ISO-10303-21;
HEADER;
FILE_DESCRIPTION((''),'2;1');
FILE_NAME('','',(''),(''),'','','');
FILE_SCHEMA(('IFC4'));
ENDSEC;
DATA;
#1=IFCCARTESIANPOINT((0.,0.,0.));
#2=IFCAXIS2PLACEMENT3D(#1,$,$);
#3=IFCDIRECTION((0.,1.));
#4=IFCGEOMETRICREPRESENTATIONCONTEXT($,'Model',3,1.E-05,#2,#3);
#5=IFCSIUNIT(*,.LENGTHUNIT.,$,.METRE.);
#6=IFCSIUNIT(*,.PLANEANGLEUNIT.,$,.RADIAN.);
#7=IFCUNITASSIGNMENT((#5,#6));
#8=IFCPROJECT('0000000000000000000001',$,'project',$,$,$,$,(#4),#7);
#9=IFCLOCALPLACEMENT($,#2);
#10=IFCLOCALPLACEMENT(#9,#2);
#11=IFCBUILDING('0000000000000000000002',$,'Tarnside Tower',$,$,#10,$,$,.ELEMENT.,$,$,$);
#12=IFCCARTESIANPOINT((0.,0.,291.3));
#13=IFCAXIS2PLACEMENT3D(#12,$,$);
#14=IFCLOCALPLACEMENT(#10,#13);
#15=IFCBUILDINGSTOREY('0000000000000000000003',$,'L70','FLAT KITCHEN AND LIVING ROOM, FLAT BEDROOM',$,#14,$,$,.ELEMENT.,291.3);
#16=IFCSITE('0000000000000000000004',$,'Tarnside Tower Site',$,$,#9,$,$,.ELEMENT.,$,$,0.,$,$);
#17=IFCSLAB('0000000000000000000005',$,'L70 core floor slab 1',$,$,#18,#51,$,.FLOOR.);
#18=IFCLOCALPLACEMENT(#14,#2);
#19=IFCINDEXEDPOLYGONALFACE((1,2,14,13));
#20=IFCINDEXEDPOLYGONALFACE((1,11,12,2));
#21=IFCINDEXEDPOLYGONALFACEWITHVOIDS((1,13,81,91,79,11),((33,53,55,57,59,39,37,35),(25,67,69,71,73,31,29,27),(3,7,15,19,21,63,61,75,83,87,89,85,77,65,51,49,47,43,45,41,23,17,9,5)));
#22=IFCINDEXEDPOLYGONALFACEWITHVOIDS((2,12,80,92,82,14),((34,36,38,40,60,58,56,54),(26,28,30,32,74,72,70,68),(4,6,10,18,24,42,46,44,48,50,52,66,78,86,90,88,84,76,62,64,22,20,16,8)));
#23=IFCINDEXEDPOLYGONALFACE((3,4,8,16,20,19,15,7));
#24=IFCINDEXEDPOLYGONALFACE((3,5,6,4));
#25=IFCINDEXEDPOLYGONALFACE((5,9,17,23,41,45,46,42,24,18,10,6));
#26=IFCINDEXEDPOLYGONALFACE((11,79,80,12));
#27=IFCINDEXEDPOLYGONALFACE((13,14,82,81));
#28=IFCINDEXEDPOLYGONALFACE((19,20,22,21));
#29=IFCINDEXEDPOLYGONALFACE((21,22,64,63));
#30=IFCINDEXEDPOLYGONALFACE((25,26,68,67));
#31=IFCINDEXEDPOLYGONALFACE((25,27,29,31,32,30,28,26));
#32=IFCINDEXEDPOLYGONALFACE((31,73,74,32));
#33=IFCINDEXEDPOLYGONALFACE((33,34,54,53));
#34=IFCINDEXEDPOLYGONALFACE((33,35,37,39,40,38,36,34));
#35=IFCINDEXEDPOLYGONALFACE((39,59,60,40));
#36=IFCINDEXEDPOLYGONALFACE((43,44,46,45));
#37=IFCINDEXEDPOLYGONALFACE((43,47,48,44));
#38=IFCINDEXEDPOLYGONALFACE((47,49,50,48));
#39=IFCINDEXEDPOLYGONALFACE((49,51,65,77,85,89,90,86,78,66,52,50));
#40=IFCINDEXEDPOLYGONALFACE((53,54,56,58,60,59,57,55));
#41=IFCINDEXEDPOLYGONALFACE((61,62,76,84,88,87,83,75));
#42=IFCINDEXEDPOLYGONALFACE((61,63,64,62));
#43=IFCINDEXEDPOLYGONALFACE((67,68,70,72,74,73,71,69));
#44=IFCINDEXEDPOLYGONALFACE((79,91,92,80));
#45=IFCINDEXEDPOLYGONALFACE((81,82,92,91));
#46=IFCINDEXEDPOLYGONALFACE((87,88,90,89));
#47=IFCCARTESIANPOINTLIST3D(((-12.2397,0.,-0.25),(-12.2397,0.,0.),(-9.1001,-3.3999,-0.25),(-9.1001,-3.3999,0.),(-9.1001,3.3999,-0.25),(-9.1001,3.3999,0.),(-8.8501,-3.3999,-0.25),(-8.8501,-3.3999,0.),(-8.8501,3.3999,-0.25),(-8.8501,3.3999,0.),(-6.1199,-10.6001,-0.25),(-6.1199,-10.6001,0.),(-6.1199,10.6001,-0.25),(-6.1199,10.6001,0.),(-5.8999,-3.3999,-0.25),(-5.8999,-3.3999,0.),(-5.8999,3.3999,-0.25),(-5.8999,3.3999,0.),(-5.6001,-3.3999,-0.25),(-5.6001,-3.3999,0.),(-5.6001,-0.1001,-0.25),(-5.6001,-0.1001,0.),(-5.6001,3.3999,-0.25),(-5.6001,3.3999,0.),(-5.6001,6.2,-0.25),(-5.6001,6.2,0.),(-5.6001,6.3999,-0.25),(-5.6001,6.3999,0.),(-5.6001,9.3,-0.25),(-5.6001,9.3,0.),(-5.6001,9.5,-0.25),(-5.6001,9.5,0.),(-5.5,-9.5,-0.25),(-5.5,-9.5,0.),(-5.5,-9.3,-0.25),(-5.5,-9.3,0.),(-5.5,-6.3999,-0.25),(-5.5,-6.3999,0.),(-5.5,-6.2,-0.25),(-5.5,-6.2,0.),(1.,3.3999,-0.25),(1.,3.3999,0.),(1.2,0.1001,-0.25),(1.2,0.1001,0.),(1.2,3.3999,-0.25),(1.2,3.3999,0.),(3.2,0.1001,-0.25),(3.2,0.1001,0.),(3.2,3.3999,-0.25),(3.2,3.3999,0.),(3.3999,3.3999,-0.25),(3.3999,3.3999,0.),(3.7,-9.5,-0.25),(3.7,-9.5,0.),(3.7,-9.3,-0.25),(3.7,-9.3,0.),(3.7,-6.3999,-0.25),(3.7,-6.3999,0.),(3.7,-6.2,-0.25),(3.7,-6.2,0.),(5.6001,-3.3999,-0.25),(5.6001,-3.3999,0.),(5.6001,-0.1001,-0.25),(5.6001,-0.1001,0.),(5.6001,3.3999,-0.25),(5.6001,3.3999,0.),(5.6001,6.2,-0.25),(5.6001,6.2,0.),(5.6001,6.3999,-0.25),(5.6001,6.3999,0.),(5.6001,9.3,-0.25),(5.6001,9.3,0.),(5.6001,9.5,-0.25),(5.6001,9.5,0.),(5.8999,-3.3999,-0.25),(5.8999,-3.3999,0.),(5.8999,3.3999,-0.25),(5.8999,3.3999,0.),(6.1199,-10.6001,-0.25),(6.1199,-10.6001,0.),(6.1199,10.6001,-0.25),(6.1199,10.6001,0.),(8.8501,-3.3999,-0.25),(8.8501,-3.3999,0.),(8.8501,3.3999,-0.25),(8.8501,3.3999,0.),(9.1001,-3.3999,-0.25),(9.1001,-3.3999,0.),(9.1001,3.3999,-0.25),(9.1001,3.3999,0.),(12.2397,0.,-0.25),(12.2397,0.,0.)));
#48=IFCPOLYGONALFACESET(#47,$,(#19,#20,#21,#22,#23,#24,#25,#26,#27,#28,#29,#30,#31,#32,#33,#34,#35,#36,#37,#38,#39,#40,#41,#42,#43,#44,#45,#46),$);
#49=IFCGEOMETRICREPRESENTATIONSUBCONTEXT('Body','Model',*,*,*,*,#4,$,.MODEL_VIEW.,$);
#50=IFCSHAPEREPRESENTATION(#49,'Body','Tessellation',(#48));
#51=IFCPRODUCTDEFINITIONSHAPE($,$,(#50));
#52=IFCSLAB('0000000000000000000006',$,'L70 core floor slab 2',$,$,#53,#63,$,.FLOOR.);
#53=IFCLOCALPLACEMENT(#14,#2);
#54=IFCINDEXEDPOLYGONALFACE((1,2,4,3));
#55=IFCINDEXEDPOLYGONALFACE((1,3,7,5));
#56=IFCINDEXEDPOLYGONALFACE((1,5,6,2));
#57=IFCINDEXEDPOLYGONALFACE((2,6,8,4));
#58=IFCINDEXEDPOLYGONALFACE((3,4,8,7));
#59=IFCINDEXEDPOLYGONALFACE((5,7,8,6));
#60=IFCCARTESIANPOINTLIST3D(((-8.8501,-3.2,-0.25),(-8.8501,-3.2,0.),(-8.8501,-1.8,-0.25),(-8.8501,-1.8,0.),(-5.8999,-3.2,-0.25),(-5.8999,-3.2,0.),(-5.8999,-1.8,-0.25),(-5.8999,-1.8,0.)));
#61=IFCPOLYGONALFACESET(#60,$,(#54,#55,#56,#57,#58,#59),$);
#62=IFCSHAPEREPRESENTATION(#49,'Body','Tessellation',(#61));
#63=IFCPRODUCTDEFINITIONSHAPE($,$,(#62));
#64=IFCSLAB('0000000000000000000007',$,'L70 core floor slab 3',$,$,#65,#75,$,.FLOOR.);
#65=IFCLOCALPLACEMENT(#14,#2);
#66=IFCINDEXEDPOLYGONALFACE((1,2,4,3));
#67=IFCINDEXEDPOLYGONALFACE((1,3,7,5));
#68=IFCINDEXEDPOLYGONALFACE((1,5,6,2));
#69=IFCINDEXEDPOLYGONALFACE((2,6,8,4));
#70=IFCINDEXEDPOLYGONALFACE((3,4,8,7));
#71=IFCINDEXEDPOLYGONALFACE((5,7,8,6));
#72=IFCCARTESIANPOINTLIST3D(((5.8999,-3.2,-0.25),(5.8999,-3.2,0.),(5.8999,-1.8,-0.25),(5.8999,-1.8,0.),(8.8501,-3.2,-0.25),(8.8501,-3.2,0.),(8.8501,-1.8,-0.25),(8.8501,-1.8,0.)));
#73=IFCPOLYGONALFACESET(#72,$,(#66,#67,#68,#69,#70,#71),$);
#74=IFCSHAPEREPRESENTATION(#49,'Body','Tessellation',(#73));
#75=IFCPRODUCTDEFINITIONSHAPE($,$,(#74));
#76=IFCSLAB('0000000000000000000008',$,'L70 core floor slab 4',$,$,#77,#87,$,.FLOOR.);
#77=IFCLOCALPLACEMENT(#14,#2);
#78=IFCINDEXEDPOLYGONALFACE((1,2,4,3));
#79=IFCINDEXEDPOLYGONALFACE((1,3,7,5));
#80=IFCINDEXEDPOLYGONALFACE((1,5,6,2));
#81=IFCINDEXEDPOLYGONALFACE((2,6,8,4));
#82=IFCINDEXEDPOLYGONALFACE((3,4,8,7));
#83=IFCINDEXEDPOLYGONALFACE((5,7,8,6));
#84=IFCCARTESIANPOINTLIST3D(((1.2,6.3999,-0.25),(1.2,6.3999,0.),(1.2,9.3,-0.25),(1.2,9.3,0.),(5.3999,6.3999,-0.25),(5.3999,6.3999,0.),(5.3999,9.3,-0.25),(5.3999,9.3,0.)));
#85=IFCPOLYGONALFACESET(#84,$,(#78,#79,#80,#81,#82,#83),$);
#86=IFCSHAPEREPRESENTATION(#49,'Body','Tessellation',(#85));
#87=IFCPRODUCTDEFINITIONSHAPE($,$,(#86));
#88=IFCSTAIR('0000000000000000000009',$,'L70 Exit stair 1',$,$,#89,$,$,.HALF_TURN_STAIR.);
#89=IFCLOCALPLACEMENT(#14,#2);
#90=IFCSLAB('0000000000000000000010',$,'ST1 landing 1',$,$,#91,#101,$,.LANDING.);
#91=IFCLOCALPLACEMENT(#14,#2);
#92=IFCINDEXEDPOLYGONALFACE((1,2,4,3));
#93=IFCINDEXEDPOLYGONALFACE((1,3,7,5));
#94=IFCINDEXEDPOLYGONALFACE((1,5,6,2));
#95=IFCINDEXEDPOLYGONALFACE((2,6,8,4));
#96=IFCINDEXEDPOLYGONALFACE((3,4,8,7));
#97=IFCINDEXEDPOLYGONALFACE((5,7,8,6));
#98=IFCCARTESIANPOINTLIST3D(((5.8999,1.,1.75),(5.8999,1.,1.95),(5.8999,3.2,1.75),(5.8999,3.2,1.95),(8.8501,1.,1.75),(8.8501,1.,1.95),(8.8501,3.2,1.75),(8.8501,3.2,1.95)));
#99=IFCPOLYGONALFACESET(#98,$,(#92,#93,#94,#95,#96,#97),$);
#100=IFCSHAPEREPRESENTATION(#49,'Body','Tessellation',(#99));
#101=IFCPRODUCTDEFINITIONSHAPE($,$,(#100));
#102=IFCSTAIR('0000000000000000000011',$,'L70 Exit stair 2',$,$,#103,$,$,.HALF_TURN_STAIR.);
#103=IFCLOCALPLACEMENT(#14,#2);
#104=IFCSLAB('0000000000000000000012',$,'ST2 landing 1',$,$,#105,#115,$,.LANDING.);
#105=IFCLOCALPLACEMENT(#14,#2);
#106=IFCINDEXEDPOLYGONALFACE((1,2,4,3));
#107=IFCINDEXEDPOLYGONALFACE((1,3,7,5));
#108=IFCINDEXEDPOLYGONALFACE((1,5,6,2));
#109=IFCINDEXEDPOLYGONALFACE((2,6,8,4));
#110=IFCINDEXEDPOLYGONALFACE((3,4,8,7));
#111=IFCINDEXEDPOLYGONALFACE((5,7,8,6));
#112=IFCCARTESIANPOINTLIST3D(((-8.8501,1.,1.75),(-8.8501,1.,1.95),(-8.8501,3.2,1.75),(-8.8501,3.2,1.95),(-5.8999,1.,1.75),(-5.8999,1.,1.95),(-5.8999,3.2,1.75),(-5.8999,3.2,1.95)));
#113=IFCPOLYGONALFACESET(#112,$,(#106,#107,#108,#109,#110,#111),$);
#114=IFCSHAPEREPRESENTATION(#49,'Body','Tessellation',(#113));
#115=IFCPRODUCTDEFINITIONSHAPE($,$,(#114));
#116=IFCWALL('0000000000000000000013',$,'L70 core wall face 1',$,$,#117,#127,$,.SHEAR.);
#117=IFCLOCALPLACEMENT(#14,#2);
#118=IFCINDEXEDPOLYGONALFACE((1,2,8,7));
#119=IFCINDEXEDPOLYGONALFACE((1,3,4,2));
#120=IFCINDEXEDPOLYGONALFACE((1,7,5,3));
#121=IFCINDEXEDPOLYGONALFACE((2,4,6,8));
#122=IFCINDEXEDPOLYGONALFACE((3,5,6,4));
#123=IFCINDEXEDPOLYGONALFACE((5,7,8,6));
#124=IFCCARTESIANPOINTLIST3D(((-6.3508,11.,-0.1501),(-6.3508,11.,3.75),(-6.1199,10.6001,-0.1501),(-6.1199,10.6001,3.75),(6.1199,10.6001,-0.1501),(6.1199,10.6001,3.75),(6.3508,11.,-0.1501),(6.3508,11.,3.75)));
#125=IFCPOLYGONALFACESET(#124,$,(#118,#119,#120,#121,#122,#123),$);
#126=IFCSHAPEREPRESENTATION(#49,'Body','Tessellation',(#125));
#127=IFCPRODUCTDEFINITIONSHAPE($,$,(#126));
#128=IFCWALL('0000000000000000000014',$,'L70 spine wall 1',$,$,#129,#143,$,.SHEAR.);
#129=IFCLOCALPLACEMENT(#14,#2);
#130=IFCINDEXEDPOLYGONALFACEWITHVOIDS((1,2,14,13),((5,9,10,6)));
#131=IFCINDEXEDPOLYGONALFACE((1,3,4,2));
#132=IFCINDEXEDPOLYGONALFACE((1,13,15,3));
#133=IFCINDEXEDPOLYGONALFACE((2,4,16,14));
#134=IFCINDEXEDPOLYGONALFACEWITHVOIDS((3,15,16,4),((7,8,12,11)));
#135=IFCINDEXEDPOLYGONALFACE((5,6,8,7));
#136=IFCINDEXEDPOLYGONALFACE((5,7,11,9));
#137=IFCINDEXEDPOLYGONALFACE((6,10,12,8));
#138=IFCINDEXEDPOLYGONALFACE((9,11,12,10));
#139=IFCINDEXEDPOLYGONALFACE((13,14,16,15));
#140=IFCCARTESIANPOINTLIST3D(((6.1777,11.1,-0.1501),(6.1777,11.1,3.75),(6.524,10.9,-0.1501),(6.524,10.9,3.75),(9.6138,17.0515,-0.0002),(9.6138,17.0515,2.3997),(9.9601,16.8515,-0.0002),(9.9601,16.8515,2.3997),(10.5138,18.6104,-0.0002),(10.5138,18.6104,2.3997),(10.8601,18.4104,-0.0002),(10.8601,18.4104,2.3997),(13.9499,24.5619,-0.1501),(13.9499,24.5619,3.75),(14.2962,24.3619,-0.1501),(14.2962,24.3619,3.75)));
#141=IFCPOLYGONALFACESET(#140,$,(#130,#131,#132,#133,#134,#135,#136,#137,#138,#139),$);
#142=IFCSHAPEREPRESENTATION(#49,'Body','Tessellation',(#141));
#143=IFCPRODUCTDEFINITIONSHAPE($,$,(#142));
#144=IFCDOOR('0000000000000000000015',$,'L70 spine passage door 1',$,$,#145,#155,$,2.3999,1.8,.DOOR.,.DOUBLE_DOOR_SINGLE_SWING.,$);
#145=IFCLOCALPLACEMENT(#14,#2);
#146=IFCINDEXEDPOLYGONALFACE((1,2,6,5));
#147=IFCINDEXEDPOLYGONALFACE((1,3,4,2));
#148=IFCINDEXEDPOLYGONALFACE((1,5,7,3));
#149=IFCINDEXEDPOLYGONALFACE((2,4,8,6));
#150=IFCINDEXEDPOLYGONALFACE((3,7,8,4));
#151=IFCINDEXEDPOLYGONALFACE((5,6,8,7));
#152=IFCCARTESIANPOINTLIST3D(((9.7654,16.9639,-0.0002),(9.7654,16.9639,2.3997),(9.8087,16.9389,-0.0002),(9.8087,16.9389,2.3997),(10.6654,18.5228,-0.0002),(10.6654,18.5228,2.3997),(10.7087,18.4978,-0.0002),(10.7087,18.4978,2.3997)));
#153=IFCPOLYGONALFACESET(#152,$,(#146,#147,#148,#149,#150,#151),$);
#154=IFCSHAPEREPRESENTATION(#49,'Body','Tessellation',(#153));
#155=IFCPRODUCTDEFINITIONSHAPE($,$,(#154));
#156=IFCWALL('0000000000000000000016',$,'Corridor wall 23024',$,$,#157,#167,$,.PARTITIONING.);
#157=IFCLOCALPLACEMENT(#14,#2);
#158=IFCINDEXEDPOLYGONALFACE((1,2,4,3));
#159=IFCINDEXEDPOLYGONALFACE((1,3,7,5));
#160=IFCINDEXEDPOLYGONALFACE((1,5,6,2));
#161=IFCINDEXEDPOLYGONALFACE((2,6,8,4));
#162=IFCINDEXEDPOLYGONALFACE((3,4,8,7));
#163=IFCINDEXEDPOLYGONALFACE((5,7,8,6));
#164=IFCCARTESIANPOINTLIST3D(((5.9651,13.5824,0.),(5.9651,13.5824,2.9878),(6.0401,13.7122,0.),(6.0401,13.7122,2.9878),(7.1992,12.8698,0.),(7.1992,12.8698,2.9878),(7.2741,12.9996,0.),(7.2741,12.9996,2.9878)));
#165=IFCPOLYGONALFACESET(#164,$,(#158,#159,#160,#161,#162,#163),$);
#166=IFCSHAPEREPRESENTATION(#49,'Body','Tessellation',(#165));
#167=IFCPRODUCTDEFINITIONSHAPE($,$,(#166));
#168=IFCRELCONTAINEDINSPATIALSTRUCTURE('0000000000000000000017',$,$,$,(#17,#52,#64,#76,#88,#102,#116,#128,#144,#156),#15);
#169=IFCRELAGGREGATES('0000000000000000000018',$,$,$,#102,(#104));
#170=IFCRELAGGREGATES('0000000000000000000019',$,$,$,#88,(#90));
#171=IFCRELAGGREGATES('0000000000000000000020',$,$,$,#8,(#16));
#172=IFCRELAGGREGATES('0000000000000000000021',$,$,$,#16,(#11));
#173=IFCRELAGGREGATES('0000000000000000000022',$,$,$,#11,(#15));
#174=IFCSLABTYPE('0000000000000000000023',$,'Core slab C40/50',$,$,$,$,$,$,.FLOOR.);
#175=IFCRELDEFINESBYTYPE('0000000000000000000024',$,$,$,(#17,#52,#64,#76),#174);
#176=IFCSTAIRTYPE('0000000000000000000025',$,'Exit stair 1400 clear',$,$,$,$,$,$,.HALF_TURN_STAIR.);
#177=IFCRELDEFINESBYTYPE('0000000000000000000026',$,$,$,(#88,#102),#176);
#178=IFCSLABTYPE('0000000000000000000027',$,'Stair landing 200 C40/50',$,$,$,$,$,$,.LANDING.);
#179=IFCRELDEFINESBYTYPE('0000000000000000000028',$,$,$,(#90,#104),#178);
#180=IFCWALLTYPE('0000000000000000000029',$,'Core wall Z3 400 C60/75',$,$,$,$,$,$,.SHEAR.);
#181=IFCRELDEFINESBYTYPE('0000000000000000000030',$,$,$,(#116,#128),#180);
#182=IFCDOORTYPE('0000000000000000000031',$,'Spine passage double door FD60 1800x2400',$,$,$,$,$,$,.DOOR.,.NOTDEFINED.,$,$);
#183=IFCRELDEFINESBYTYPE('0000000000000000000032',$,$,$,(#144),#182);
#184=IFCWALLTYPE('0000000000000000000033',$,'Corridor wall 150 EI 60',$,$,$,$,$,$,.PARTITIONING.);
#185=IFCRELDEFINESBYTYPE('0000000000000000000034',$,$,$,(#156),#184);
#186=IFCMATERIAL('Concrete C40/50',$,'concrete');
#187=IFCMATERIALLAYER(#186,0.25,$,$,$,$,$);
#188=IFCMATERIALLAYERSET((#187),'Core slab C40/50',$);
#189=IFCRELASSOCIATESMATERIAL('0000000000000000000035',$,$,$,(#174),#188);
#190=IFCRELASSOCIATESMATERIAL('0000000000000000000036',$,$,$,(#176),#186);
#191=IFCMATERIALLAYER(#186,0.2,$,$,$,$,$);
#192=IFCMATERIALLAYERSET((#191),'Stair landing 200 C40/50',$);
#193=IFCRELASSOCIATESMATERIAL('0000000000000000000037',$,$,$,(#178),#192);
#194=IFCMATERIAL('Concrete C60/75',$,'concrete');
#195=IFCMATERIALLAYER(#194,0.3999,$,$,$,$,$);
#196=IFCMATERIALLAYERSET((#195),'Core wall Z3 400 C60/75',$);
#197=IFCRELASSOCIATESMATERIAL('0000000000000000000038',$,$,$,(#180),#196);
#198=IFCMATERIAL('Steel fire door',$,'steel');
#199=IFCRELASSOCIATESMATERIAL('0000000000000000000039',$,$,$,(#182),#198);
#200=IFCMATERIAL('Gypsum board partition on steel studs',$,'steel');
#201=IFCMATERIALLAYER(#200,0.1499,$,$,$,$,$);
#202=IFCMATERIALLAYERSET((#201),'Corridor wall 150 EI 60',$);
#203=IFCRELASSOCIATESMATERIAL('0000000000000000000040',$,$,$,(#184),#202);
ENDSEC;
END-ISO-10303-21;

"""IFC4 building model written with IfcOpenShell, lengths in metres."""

from ifc_helpers import new_model, si_unit, direction, frame, frame_2d, origin, place, context, subcontext, project, spatial, polyline, rectangle, outline, extrude, material, layer, layer_set, type_object, element, fill, aggregate, save


model = new_model("IFC4")

# Units and contexts
model_context = context("Model", 3, precision=1e-05, world=origin(), true_north=direction((0.0, 1.0)))
body_context = subcontext(model_context, "Body", "Model", "MODEL_VIEW")
ifc_project = project(units=[si_unit("LENGTHUNIT", "METRE"), si_unit("PLANEANGLEUNIT", "RADIAN")], contexts=[model_context])

# Site, building, storey
site_placement = place(None, origin())
site = spatial("IfcSite", under=ifc_project, at=site_placement, Name="Tarnside Tower Site", CompositionType="ELEMENT", RefElevation=0.0)
building_placement = place(site_placement, origin())
building = spatial("IfcBuilding", under=site, at=building_placement, Name="Tarnside Tower", CompositionType="ELEMENT")
storey_placement = place(building_placement, frame((0.0, 0.0, 291.3)))
storey = spatial("IfcBuildingStorey", under=building, at=storey_placement, Name="L70", Description="FLAT KITCHEN AND LIVING ROOM, FLAT BEDROOM", CompositionType="ELEMENT", Elevation=291.3)

# Slabs
ifc_material_1 = material(Name="Concrete C40/50", Category="concrete")
ifc_layer_1 = layer(ifc_material_1, 0.25)
ifc_layer_set_1 = layer_set([ifc_layer_1], Name="Core slab C40/50")
slab_type_1 = type_object("IfcSlabType", Name="Core slab C40/50", PredefinedType="FLOOR", material=ifc_layer_set_1)
slab_1_placement = place(storey_placement, frame((0.0, 0.0, -0.25)))
element("IfcSlab", 1, at=slab_1_placement, inside=storey, type_object=slab_type_1, Name="L70 core floor slab 1", PredefinedType="FLOOR", context=body_context, shape_type="SweptSolid", body=[
    extrude(outline(polyline([(6.1199, 10.6001), (12.2397, 0.0), (6.1199, -10.6001), (-6.1199, -10.6001), (-12.2397, 0.0), (-6.1199, 10.6001), (6.1199, 10.6001)]), holes=[polyline([(-5.5, -9.5), (3.7, -9.5), (3.7, -9.3), (3.7, -6.3999), (3.7, -6.2), (-5.5, -6.2), (-5.5, -6.3999), (-5.5, -9.3), (-5.5, -9.5)]), polyline([(-5.6001, -3.3999), (-5.6001, -0.1001), (5.6001, -0.1001), (5.6001, -3.3999), (5.8999, -3.3999), (8.8501, -3.3999), (9.1001, -3.3999), (9.1001, 3.3999), (8.8501, 3.3999), (5.8999, 3.3999), (5.6001, 3.3999), (3.3999, 3.3999), (3.2, 3.3999), (3.2, 0.1001), (1.2, 0.1001), (1.2, 3.3999), (1.0, 3.3999), (-5.6001, 3.3999), (-5.8999, 3.3999), (-8.8501, 3.3999), (-9.1001, 3.3999), (-9.1001, -3.3999), (-8.8501, -3.3999), (-5.8999, -3.3999), (-5.6001, -3.3999)]), polyline([(-5.6001, 6.2), (5.6001, 6.2), (5.6001, 6.3999), (5.6001, 9.3), (5.6001, 9.5), (-5.6001, 9.5), (-5.6001, 9.3), (-5.6001, 6.3999), (-5.6001, 6.2)])]), origin(), (0.0, 0.0, 1.0), 0.25),
])
slab_2_placement = place(storey_placement, frame((0.0, 0.0, -0.25)))
element("IfcSlab", 2, at=slab_2_placement, inside=storey, type_object=slab_type_1, Name="L70 core floor slab 2", PredefinedType="FLOOR", context=body_context, shape_type="SweptSolid", body=[
    extrude(outline(polyline([(-8.8501, -3.2), (-8.8501, -1.8), (-5.8999, -1.8), (-5.8999, -3.2), (-8.8501, -3.2)])), origin(), (0.0, 0.0, 1.0), 0.25),
])
slab_3_placement = place(storey_placement, frame((0.0, 0.0, -0.25)))
element("IfcSlab", 3, at=slab_3_placement, inside=storey, type_object=slab_type_1, Name="L70 core floor slab 3", PredefinedType="FLOOR", context=body_context, shape_type="SweptSolid", body=[
    extrude(outline(polyline([(5.8999, -1.8), (8.8501, -1.8), (8.8501, -3.2), (5.8999, -3.2), (5.8999, -1.8)])), origin(), (0.0, 0.0, 1.0), 0.25),
])
slab_4_placement = place(storey_placement, frame((0.0, 0.0, -0.25)))
element("IfcSlab", 4, at=slab_4_placement, inside=storey, type_object=slab_type_1, Name="L70 core floor slab 4", PredefinedType="FLOOR", context=body_context, shape_type="SweptSolid", body=[
    extrude(outline(polyline([(5.3999, 6.3999), (1.2, 6.3999), (1.2, 9.3), (5.3999, 9.3), (5.3999, 6.3999)])), origin(), (0.0, 0.0, 1.0), 0.25),
])

# Stairs, slabs
stair_type = type_object("IfcStairType", Name="Exit stair 1400 clear", PredefinedType="HALF_TURN_STAIR", material=ifc_material_1)
stair_1_placement = place(storey_placement, origin())
stair_1 = element("IfcStair", 5, at=stair_1_placement, inside=storey, type_object=stair_type, Name="L70 Exit stair 1", PredefinedType="HALF_TURN_STAIR")
ifc_layer_2 = layer(ifc_material_1, 0.2)
ifc_layer_set_2 = layer_set([ifc_layer_2], Name="Stair landing 200 C40/50")
slab_type_2 = type_object("IfcSlabType", Name="Stair landing 200 C40/50", PredefinedType="LANDING", material=ifc_layer_set_2)
slab_5_placement = place(storey_placement, frame((0.0, 0.0, 1.75)))
slab_5 = element("IfcSlab", 6, at=slab_5_placement, type_object=slab_type_2, Name="ST1 landing 1", PredefinedType="LANDING", context=body_context, shape_type="SweptSolid", body=[
    extrude(outline(polyline([(8.8501, 1.0), (8.8501, 3.2), (5.8999, 3.2), (5.8999, 1.0), (8.8501, 1.0)])), origin(), (0.0, 0.0, 1.0), 0.2),
])
stair_2_placement = place(storey_placement, origin())
stair_2 = element("IfcStair", 7, at=stair_2_placement, inside=storey, type_object=stair_type, Name="L70 Exit stair 2", PredefinedType="HALF_TURN_STAIR")
slab_6_placement = place(storey_placement, frame((0.0, 0.0, 1.75)))
slab_6 = element("IfcSlab", 8, at=slab_6_placement, type_object=slab_type_2, Name="ST2 landing 1", PredefinedType="LANDING", context=body_context, shape_type="SweptSolid", body=[
    extrude(outline(polyline([(-5.8999, 1.0), (-5.8999, 3.2), (-8.8501, 3.2), (-8.8501, 1.0), (-5.8999, 1.0)])), origin(), (0.0, 0.0, 1.0), 0.2),
])
aggregate(stair_2, [slab_6])

# Wall
ifc_material_2 = material(Name="Concrete C60/75", Category="concrete")
ifc_layer_3 = layer(ifc_material_2, 0.3999)
ifc_layer_set_3 = layer_set([ifc_layer_3], Name="Core wall Z3 400 C60/75")
wall_type_1 = type_object("IfcWallType", Name="Core wall Z3 400 C60/75", PredefinedType="SHEAR", material=ifc_layer_set_3)
wall_1_placement = place(storey_placement, frame((6.2354, 10.8, -0.1501), z_axis=(0.0, 0.0, 1.0), x_axis=(-1.0, 0.0, 0.0)))
element("IfcWall", 9, at=wall_1_placement, inside=storey, type_object=wall_type_1, Name="L70 core wall face 1", PredefinedType="SHEAR", context=body_context, shape_type="SweptSolid", body=[
    extrude(outline(polyline([(-0.1155, -0.2), (12.5862, -0.2), (12.3552, 0.2), (0.1155, 0.2), (-0.1155, -0.2)])), origin(), (0.0, 0.0, 1.0), 3.9001),
])

# Wall, opening, door
wall_2_placement = place(storey_placement, frame((6.3508, 11.0, -0.1501), z_axis=(0.0, 0.0, 1.0), x_axis=(0.499999, 0.866026, 0.0)))
wall_2 = element("IfcWall", 10, at=wall_2_placement, inside=storey, type_object=wall_type_1, Name="L70 spine wall 1", PredefinedType="SHEAR", context=body_context, shape_type="SweptSolid", body=[
    extrude(rectangle(XDim=15.5444, YDim=0.3999, at=frame_2d((7.7722, 0.0))), origin(), (0.0, 0.0, 1.0), 3.9001),
])
opening_1_placement = place(wall_2_placement, frame((6.8723, 0.0, 0.1499)))
opening_1 = element("IfcOpeningElement", 11, at=opening_1_placement, cuts=wall_2, PredefinedType="OPENING", context=body_context, shape_type="SweptSolid", body=[
    extrude(rectangle(XDim=1.8, YDim=2.3999, at=frame_2d((0.8999, 1.2))), frame((0.0, 0.21, 0.0), z_axis=(0.0, -1.0, 0.0), x_axis=(1.0, 0.0, 0.0)), (0.0, 0.0, 1.0), 0.4199),
])
ifc_material_3 = material(Name="Steel fire door", Category="steel")
door_type_1 = type_object("IfcDoorType", Name="Spine passage double door FD60 1800x2400", OperationType="NOTDEFINED", PredefinedType="DOOR", material=ifc_material_3)
door_1_placement = place(opening_1_placement, origin())
door_1 = element("IfcDoor", 12, at=door_1_placement, inside=storey, type_object=door_type_1, Name="L70 spine passage door 1", OperationType="DOUBLE_DOOR_SINGLE_SWING", OverallHeight=2.3999, OverallWidth=1.8, PredefinedType="DOOR", context=body_context, shape_type="SweptSolid", body=[
    extrude(rectangle(XDim=1.8, YDim=2.3999, at=frame_2d((0.8999, 1.2))), frame((0.0, 0.0249, 0.0), z_axis=(0.0, -1.0, 0.0), x_axis=(1.0, 0.0, 0.0)), (0.0, 0.0, 1.0), 0.05),
])
fill(opening_1, door_1)

# Wall
ifc_material_4 = material(Name="Gypsum board partition on steel studs", Category="steel")
ifc_layer_4 = layer(ifc_material_4, 0.1499)
ifc_layer_set_4 = layer_set([ifc_layer_4], Name="Corridor wall 150 EI 60")
wall_type_2 = type_object("IfcWallType", Name="Corridor wall 150 EI 60", PredefinedType="PARTITIONING", material=ifc_layer_set_4)
wall_3_placement = place(storey_placement, frame((6.0027, 13.6472, 0.0), z_axis=(0.0, 0.0, 1.0), x_axis=(0.865989, -0.500064, 0.0)))
element("IfcWall", 13, at=wall_3_placement, inside=storey, type_object=wall_type_2, Name="Corridor wall 23024", PredefinedType="PARTITIONING", context=body_context, shape_type="SweptSolid", body=[
    extrude(rectangle(XDim=1.425, YDim=0.1499, at=frame_2d((0.7124, 0.0))), origin(), (0.0, 0.0, 1.0), 2.9878),
])

aggregate(stair_1, [slab_5])

save(model, "model.ifc")
